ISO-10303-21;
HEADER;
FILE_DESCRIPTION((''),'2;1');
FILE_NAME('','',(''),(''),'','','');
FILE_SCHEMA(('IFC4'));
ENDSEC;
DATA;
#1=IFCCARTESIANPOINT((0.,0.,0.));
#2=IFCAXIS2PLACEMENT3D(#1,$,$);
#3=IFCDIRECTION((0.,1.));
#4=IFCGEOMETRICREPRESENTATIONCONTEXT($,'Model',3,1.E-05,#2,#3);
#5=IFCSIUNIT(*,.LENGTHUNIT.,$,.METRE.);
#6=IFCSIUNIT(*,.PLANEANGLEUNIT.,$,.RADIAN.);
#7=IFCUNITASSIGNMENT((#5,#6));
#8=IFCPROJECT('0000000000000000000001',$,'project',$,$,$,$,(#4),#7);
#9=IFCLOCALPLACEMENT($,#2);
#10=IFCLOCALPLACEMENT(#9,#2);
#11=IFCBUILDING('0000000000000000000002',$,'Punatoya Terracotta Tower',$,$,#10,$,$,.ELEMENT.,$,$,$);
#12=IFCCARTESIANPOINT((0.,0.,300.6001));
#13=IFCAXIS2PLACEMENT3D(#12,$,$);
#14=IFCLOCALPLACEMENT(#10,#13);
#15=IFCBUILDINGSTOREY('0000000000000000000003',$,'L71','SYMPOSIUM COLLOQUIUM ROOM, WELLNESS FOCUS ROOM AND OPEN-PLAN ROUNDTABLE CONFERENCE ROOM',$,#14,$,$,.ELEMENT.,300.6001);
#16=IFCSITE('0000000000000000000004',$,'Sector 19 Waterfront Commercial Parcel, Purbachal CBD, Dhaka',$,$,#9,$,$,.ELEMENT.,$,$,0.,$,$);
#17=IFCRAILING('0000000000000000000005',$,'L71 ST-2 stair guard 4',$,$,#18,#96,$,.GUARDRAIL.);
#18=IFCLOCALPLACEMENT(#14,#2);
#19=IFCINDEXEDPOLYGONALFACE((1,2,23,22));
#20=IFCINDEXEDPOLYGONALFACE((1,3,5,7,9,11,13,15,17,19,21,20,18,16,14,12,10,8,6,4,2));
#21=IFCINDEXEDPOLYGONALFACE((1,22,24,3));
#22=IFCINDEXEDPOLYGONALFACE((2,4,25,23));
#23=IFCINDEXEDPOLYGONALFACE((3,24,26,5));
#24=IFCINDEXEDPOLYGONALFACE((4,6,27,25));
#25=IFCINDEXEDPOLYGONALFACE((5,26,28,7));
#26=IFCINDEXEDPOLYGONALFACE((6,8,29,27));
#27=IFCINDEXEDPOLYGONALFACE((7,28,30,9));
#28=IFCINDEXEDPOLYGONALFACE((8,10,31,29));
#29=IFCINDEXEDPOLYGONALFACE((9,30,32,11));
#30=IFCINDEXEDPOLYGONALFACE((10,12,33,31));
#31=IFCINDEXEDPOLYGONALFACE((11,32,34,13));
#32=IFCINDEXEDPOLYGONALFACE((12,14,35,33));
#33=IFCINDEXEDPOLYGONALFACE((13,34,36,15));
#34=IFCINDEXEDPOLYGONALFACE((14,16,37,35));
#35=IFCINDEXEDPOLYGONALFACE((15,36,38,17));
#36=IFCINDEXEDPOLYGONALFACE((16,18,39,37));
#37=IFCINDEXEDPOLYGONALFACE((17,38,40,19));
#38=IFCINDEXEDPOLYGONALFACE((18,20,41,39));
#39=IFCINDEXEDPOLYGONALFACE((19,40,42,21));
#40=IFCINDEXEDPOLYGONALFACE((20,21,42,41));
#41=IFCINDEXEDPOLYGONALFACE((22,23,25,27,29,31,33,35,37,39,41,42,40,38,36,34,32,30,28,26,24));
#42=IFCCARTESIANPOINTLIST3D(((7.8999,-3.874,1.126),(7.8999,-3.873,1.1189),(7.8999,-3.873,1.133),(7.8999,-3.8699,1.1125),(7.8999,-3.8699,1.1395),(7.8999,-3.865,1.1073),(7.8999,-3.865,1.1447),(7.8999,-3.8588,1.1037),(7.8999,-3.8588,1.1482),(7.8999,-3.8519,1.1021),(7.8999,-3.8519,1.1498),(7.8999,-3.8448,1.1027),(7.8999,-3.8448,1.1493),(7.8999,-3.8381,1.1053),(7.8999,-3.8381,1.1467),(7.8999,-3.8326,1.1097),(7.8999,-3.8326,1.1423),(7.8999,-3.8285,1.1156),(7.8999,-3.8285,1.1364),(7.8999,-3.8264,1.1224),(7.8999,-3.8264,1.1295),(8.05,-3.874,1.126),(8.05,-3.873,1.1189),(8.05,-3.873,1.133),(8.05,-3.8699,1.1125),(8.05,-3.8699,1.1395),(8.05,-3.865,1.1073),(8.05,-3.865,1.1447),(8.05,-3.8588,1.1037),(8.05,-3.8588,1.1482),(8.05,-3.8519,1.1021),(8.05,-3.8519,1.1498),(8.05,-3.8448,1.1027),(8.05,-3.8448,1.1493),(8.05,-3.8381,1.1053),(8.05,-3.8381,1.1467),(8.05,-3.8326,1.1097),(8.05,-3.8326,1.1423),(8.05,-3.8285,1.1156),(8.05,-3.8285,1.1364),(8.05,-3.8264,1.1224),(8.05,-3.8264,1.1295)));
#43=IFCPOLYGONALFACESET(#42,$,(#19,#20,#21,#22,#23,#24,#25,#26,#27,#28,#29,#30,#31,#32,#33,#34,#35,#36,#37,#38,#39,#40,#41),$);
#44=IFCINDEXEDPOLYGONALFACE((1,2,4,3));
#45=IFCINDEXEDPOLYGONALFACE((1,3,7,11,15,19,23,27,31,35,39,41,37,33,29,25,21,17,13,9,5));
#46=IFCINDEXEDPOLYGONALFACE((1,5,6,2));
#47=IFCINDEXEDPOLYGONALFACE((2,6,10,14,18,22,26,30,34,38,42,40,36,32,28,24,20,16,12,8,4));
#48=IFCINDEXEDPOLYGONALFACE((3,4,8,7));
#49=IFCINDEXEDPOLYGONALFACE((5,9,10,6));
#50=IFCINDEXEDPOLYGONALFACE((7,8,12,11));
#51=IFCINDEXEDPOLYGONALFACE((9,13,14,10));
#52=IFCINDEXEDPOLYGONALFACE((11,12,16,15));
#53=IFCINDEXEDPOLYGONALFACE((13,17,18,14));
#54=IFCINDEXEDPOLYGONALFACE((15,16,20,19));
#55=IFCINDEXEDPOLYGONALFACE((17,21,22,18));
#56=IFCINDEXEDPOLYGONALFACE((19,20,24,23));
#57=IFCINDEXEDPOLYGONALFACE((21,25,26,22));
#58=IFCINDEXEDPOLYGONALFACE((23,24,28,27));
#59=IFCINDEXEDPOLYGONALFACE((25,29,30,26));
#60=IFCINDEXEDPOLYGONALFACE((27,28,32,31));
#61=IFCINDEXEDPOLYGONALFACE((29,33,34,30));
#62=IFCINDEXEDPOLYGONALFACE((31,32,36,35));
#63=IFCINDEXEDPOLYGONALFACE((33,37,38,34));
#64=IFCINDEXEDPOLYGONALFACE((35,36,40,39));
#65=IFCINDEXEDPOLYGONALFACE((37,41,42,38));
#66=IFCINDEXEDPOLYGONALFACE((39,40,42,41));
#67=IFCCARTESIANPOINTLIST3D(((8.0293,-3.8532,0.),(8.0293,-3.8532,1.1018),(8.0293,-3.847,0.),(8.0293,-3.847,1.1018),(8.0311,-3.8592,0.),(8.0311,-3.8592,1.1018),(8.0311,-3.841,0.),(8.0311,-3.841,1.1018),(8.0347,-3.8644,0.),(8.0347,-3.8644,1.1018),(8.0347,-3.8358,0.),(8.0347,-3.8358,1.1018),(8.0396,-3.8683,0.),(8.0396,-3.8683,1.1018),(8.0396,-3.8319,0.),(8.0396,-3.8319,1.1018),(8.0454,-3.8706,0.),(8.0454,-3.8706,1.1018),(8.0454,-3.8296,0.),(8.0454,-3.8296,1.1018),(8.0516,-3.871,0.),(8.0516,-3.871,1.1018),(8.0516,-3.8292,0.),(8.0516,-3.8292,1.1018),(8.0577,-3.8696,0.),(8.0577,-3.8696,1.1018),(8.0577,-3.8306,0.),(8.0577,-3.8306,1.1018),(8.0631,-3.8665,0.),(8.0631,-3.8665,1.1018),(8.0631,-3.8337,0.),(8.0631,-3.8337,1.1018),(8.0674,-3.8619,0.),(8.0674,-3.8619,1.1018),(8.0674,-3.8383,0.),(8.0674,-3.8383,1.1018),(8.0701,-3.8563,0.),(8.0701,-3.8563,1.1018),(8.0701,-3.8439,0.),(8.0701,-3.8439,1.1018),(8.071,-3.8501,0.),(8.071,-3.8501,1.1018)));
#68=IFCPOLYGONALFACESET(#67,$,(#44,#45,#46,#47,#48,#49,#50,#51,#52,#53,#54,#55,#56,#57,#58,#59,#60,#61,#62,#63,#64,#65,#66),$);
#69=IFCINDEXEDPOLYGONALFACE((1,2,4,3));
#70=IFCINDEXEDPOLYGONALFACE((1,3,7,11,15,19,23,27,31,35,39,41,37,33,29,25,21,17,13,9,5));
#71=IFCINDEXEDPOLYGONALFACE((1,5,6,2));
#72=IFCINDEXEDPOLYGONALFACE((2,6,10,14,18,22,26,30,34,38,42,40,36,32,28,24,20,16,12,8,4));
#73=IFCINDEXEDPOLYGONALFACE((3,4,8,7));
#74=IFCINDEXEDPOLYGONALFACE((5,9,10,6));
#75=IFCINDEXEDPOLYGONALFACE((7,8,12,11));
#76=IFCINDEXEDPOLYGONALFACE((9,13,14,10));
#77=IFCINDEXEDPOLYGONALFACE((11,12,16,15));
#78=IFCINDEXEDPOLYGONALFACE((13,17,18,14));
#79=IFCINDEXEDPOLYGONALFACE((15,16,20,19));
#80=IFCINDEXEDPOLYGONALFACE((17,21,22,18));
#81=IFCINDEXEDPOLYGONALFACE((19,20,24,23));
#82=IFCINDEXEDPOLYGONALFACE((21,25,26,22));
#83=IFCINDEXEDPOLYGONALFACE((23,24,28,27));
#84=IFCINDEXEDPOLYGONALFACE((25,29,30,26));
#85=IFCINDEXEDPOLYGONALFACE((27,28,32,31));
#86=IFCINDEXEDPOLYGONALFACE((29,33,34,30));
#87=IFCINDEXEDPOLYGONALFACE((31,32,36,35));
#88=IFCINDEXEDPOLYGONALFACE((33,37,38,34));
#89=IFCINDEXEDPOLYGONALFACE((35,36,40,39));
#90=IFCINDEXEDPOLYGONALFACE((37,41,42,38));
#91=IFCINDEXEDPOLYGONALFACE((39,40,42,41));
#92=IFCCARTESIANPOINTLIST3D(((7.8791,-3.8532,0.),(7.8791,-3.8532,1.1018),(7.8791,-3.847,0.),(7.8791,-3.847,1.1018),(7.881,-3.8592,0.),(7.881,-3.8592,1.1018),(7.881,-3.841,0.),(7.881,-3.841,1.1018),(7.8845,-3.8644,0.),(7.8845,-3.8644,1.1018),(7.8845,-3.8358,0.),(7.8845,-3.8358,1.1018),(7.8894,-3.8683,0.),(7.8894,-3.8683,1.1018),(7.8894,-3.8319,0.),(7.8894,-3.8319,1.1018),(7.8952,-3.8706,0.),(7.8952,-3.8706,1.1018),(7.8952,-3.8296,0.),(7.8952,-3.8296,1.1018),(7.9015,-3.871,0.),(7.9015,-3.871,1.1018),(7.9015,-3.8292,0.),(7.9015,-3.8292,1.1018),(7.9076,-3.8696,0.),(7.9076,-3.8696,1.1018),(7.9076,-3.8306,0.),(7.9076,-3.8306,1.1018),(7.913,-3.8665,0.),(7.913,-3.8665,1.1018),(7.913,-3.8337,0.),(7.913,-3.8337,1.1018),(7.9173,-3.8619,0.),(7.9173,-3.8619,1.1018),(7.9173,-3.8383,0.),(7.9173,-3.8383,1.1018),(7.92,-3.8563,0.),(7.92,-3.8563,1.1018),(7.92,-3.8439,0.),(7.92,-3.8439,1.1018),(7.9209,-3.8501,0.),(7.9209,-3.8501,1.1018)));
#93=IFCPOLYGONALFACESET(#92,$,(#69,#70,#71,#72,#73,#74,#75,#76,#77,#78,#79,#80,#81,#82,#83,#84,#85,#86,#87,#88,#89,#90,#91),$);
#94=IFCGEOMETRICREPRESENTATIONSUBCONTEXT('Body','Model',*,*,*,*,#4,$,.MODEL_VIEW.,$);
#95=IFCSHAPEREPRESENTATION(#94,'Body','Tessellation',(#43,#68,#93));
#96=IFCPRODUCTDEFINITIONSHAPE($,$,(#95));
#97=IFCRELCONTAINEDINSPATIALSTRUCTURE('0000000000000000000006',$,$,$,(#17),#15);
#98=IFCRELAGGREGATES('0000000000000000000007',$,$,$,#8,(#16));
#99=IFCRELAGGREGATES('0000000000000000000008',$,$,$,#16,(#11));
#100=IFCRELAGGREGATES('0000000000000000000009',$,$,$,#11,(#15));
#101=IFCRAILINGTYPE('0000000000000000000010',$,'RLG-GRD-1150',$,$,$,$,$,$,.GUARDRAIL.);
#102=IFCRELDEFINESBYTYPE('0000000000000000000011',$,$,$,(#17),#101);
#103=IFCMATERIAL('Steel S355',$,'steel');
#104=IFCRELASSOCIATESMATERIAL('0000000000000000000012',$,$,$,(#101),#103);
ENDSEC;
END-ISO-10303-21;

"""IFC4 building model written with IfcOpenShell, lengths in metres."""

from ifc_helpers import new_model, si_unit, direction, frame, origin, origin_2d, place, context, subcontext, project, spatial, circle, extrude, material, type_object, element, save


model = new_model("IFC4")

# Units and contexts
model_context = context("Model", 3, precision=1e-05, world=origin(), true_north=direction((0.0, 1.0)))
body_context = subcontext(model_context, "Body", "Model", "MODEL_VIEW")
ifc_project = project(units=[si_unit("LENGTHUNIT", "METRE"), si_unit("PLANEANGLEUNIT", "RADIAN")], contexts=[model_context])

# Site, building, storey
site_placement = place(None, origin())
site = spatial("IfcSite", under=ifc_project, at=site_placement, Name="Sector 19 Waterfront Commercial Parcel, Purbachal CBD, Dhaka", CompositionType="ELEMENT", RefElevation=0.0)
building_placement = place(site_placement, origin())
building = spatial("IfcBuilding", under=site, at=building_placement, Name="Punatoya Terracotta Tower", CompositionType="ELEMENT")
storey_placement = place(building_placement, frame((0.0, 0.0, 300.6001)))
storey = spatial("IfcBuildingStorey", under=building, at=storey_placement, Name="L71", Description="SYMPOSIUM COLLOQUIUM ROOM, WELLNESS FOCUS ROOM AND OPEN-PLAN ROUNDTABLE CONFERENCE ROOM", CompositionType="ELEMENT", Elevation=300.6001)

# Railing
ifc_material_1 = material(Name="Steel S355", Category="steel")
railing_type_1 = type_object("IfcRailingType", Name="RLG-GRD-1150", PredefinedType="GUARDRAIL", material=ifc_material_1)
railing_1_placement = place(storey_placement, frame((8.05, -3.8501, 0.0)))
element("IfcRailing", 1, at=railing_1_placement, inside=storey, type_object=railing_type_1, Name="L71 ST-2 stair guard 4", PredefinedType="GUARDRAIL", context=body_context, shape_type="SweptSolid", body=[
    extrude(circle(Radius=0.0239, at=origin_2d()), frame((0.0, 0.0, 1.126), z_axis=(-1.0, 0.0, 0.0), x_axis=(0.0, -1.0, 0.0)), (0.0, 0.0, 1.0), 0.1501),
    extrude(circle(Radius=0.021, at=origin_2d()), origin(), (0.0, 0.0, 1.0), 1.1018),
    extrude(circle(Radius=0.021, at=origin_2d()), frame((-0.1501, 0.0, 0.0)), (0.0, 0.0, 1.0), 1.1018),
])

save(model, "model.ifc")
